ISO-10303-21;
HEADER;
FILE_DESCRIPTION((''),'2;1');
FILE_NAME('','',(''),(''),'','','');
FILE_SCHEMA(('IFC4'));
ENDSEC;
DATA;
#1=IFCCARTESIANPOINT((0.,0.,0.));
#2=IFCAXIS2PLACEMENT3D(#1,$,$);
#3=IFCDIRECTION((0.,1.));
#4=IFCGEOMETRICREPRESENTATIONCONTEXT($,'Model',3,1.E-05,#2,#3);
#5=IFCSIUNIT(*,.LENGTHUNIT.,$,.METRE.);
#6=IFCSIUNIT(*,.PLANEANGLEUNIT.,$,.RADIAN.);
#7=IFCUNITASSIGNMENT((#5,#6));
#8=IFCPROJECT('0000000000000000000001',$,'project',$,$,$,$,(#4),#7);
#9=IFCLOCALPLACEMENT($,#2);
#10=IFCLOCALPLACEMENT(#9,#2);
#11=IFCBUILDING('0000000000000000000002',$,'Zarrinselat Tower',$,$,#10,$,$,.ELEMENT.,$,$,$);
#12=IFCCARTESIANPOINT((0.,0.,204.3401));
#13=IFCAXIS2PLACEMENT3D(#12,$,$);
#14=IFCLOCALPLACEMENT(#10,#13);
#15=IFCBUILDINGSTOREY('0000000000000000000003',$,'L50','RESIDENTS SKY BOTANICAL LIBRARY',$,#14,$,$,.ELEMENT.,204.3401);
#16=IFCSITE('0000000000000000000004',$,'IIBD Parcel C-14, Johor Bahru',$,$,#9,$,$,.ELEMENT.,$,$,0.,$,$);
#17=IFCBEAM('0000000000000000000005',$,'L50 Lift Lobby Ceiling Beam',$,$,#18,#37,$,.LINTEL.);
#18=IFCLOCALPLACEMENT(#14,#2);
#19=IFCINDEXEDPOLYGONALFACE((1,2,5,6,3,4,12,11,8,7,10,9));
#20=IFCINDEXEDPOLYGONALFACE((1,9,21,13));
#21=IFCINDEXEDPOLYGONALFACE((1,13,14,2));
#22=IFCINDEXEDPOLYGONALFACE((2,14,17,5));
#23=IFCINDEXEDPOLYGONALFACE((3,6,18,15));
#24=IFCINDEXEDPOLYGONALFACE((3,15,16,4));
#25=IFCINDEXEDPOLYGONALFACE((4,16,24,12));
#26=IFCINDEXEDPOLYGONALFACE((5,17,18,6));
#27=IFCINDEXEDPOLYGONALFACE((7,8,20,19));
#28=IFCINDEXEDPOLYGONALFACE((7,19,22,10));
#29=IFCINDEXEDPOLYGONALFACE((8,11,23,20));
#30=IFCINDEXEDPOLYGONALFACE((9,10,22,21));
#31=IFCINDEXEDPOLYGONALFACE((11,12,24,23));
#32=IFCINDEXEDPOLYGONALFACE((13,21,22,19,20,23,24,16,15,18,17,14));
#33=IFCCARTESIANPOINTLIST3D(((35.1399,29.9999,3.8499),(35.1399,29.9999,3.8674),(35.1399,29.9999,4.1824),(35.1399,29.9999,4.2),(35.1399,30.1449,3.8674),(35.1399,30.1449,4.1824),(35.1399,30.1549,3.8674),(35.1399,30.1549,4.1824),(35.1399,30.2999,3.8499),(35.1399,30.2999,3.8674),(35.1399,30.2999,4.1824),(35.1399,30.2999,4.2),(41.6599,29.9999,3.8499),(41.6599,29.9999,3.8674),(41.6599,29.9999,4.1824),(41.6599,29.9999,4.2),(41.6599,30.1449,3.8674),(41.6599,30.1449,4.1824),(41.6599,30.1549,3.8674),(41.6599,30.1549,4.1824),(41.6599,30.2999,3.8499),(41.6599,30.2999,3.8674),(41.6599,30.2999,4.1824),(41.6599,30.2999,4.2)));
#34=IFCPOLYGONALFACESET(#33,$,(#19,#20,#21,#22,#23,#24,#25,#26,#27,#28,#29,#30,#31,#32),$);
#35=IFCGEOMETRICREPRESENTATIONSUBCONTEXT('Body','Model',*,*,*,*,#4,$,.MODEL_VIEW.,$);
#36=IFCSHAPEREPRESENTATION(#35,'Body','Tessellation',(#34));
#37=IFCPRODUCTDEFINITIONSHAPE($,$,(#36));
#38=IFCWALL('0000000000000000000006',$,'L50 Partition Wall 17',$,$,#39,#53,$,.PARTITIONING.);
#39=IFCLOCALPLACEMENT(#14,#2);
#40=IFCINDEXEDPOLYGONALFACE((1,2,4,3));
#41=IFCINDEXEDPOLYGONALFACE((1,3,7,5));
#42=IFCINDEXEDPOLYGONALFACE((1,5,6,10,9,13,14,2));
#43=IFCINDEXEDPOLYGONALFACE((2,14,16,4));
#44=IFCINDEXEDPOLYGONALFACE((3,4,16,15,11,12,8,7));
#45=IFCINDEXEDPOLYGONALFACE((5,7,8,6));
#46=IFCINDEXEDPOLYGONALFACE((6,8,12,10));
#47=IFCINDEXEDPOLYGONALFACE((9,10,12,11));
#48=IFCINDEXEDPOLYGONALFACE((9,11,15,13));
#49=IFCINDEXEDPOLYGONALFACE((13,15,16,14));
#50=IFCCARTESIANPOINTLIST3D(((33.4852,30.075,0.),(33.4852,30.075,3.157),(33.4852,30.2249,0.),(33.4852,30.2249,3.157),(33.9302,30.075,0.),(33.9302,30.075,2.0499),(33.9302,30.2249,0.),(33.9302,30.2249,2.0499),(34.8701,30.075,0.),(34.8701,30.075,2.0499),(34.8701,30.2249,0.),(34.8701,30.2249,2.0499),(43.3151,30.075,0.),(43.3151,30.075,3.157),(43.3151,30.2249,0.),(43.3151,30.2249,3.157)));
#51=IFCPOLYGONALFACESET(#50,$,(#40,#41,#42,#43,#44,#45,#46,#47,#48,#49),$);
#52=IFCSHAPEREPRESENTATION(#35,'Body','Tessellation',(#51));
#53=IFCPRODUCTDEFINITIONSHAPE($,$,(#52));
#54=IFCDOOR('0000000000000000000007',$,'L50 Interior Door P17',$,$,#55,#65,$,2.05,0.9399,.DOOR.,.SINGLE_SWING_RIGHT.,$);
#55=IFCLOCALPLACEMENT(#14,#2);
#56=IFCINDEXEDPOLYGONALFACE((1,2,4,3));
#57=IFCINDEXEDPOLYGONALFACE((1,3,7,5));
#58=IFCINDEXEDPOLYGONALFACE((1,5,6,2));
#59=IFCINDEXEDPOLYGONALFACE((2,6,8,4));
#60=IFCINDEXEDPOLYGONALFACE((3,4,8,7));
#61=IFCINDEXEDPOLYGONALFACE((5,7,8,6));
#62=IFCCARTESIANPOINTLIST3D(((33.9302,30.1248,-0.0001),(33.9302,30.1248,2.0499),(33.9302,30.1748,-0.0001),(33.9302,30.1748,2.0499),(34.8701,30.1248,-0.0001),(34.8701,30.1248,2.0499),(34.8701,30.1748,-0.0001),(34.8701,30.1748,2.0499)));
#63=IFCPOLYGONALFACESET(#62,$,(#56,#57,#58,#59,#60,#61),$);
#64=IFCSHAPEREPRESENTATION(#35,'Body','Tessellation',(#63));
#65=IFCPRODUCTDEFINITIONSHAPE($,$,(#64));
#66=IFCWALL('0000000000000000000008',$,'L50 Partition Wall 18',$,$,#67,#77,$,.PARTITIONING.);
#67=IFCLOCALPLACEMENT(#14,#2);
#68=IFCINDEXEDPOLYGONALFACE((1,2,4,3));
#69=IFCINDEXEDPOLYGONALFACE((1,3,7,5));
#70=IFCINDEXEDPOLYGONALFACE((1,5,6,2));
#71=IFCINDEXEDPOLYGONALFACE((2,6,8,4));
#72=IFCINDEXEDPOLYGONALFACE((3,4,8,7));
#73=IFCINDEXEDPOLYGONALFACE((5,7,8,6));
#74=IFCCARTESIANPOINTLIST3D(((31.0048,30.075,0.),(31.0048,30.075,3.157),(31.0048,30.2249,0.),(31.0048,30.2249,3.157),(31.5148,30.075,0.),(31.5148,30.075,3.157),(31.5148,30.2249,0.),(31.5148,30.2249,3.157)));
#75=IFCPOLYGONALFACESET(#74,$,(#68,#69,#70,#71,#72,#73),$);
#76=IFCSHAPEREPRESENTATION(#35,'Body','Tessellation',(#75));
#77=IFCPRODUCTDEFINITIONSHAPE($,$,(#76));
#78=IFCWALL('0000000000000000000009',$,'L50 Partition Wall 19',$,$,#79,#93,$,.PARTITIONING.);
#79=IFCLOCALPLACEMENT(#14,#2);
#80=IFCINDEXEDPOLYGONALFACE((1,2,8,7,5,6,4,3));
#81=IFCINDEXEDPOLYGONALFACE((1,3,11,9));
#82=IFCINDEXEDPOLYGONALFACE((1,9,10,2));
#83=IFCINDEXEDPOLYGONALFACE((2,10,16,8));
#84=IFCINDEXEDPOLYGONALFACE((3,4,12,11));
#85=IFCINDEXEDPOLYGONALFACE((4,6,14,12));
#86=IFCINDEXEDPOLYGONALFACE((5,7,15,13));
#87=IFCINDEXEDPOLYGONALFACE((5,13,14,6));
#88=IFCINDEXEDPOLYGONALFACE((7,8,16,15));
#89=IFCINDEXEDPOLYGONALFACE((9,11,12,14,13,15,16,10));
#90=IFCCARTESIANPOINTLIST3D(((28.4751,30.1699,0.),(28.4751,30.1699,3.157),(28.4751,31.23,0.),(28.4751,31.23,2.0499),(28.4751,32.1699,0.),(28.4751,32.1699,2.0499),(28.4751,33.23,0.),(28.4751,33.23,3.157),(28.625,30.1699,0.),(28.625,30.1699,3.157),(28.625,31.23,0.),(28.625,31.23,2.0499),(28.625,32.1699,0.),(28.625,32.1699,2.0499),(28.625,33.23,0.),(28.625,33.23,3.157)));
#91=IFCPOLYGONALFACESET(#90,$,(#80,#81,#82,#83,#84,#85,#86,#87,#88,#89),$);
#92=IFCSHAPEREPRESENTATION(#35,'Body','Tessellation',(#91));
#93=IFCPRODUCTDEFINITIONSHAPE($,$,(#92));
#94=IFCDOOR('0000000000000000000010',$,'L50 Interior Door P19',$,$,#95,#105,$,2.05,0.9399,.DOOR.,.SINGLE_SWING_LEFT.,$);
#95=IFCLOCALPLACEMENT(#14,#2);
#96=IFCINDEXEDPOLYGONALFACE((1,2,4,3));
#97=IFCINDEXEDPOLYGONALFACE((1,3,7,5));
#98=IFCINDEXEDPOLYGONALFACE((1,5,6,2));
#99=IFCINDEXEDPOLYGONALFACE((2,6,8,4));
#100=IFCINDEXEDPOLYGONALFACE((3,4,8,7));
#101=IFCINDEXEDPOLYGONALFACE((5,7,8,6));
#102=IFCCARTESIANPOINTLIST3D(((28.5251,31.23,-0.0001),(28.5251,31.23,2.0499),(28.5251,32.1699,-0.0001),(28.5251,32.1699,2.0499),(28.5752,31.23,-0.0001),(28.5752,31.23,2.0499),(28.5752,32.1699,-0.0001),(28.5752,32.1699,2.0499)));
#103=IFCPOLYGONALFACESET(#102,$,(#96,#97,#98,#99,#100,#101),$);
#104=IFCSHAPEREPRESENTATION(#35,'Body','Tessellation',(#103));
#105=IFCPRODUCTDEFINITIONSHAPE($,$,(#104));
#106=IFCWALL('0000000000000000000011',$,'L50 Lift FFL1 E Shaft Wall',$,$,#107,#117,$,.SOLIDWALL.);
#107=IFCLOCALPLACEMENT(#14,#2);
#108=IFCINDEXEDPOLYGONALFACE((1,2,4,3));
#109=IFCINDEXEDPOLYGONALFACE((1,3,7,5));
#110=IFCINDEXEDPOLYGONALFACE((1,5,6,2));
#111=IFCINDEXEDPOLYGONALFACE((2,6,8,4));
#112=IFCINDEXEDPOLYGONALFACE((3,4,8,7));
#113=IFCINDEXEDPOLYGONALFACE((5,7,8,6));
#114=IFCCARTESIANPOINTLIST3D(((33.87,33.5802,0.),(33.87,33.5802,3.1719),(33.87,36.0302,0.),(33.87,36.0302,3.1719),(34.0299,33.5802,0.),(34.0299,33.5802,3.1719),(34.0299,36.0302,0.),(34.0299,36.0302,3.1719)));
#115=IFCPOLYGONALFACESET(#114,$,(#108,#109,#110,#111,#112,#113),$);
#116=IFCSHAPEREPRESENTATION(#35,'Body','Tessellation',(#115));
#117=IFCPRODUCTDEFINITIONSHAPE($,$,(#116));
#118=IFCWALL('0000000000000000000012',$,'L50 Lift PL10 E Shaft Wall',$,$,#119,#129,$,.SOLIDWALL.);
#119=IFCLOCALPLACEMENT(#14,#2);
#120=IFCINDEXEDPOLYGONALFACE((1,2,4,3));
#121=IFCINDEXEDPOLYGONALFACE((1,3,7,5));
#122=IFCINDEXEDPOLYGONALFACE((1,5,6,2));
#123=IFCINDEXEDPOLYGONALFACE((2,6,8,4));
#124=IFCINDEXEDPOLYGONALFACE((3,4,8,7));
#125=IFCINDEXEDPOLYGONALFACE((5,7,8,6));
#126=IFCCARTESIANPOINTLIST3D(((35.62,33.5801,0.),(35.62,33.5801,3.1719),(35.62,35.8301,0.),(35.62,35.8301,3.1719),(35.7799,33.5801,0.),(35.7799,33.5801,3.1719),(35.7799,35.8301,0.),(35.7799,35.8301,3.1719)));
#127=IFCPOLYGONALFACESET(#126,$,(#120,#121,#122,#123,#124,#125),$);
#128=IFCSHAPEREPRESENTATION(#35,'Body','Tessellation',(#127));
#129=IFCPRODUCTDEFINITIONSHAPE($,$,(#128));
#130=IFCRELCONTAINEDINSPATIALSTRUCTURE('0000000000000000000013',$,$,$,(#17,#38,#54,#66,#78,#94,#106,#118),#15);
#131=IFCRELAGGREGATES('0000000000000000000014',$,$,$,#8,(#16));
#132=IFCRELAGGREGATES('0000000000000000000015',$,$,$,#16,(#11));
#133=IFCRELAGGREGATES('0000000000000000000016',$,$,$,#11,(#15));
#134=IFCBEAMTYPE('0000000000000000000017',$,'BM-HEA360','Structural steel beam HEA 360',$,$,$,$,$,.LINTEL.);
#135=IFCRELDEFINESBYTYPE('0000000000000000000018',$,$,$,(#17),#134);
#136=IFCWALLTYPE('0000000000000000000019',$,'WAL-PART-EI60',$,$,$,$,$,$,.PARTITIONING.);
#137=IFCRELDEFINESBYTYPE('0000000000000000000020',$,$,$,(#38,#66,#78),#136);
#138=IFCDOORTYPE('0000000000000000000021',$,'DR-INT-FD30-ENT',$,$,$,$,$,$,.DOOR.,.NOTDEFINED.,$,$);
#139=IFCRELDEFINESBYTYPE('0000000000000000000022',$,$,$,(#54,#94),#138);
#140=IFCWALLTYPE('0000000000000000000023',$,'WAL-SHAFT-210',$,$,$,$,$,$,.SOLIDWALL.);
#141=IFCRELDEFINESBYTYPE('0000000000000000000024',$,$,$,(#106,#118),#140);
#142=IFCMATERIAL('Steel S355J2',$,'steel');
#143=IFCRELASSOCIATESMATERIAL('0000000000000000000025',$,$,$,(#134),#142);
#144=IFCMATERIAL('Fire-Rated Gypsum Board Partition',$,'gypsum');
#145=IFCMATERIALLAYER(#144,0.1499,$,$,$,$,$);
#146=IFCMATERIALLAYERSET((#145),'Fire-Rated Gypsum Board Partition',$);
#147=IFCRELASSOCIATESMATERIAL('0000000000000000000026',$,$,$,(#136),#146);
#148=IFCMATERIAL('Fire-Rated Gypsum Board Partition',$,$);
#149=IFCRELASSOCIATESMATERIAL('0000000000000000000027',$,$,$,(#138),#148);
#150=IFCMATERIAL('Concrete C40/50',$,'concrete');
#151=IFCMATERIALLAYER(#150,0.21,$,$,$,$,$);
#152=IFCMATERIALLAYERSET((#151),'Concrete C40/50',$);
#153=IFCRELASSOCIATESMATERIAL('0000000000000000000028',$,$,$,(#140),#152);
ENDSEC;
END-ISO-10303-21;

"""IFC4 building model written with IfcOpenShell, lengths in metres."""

from ifc_helpers import new_model, si_unit, direction, frame, frame_2d, origin, origin_2d, place, context, subcontext, project, spatial, rectangle, i_section, extrude, material, layer, layer_set, material_profile, profile_set, type_object, element, fill, save


model = new_model("IFC4")

# Units and contexts
model_context = context("Model", 3, precision=1e-05, world=origin(), true_north=direction((0.0, 1.0)))
body_context = subcontext(model_context, "Body", "Model", "MODEL_VIEW")
ifc_project = project(units=[si_unit("LENGTHUNIT", "METRE"), si_unit("PLANEANGLEUNIT", "RADIAN")], contexts=[model_context])

# Site, building, storey
site_placement = place(None, origin())
site = spatial("IfcSite", under=ifc_project, at=site_placement, Name="IIBD Parcel C-14, Johor Bahru", CompositionType="ELEMENT", RefElevation=0.0)
building_placement = place(site_placement, origin())
building = spatial("IfcBuilding", under=site, at=building_placement, Name="Zarrinselat Tower", CompositionType="ELEMENT")
storey_placement = place(building_placement, frame((0.0, 0.0, 204.3401)))
storey = spatial("IfcBuildingStorey", under=building, at=storey_placement, Name="L50", Description="RESIDENTS SKY BOTANICAL LIBRARY", CompositionType="ELEMENT", Elevation=204.3401)

# Beam
ifc_material_1 = material(Name="Steel S355J2", Category="steel")
ifc_material_profile = material_profile(ifc_material_1, i_section(OverallWidth=0.3, OverallDepth=0.3501, WebThickness=0.01, FlangeThickness=0.0176, at=origin_2d()), Name="HEA 360")
ifc_profile_set = profile_set([ifc_material_profile], Name="Steel S355J2")
beam_type = type_object("IfcBeamType", Name="BM-HEA360", Description="Structural steel beam HEA 360", PredefinedType="LINTEL", material=ifc_profile_set)
beam_placement = place(storey_placement, frame((35.1399, 30.1499, 4.0249), z_axis=(1.0, 0.0, 0.0), x_axis=(0.0, 1.0, 0.0)))
element("IfcBeam", 1, at=beam_placement, inside=storey, type_object=beam_type, Name="L50 Lift Lobby Ceiling Beam", PredefinedType="LINTEL", context=body_context, shape_type="SweptSolid", body=[
    extrude(i_section(OverallWidth=0.3, OverallDepth=0.3501, WebThickness=0.01, FlangeThickness=0.0176, at=origin_2d()), origin(), (0.0, 0.0, 1.0), 6.52),
])

# Wall, opening, door
ifc_material_2 = material(Name="Fire-Rated Gypsum Board Partition", Category="gypsum")
ifc_layer_1 = layer(ifc_material_2, 0.1499)
ifc_layer_set_1 = layer_set([ifc_layer_1], Name="Fire-Rated Gypsum Board Partition")
wall_type_1 = type_object("IfcWallType", Name="WAL-PART-EI60", PredefinedType="PARTITIONING", material=ifc_layer_set_1)
wall_1_placement = place(storey_placement, frame((33.4851, 30.1499, 0.0), z_axis=(0.0, 0.0, 1.0), x_axis=(1.0, 0.0, 0.0)))
wall_1 = element("IfcWall", 2, at=wall_1_placement, inside=storey, type_object=wall_type_1, Name="L50 Partition Wall 17", PredefinedType="PARTITIONING", context=body_context, shape_type="SweptSolid", body=[
    extrude(rectangle(XDim=9.8298, YDim=0.1499, at=frame_2d((4.915, 0.0))), origin(), (0.0, 0.0, 1.0), 3.157),
])
opening_1_placement = place(wall_1_placement, frame((0.4451, 0.0, 0.0)))
opening_1 = element("IfcOpeningElement", 3, at=opening_1_placement, cuts=wall_1, PredefinedType="OPENING", context=body_context, shape_type="SweptSolid", body=[
    extrude(rectangle(XDim=0.9399, YDim=2.05, at=frame_2d((0.47, 1.0249))), frame((0.0, 0.085, 0.0), z_axis=(0.0, -1.0, 0.0), x_axis=(1.0, 0.0, 0.0)), (0.0, 0.0, 1.0), 0.1699),
])
ifc_material_3 = material(Name="Fire-Rated Gypsum Board Partition")
door_type_1 = type_object("IfcDoorType", Name="DR-INT-FD30-ENT", OperationType="NOTDEFINED", PredefinedType="DOOR", material=ifc_material_3)
door_1_placement = place(opening_1_placement, origin())
door_1 = element("IfcDoor", 4, at=door_1_placement, inside=storey, type_object=door_type_1, Name="L50 Interior Door P17", OperationType="SINGLE_SWING_RIGHT", OverallHeight=2.05, OverallWidth=0.9399, PredefinedType="DOOR", context=body_context, shape_type="SweptSolid", body=[
    extrude(rectangle(XDim=0.9399, YDim=2.05, at=frame_2d((0.47, 1.0249))), frame((0.0, 0.0249, 0.0), z_axis=(0.0, -1.0, 0.0), x_axis=(1.0, 0.0, 0.0)), (0.0, 0.0, 1.0), 0.05),
])
fill(opening_1, door_1)

# Wall
wall_2_placement = place(storey_placement, frame((31.0049, 30.1499, 0.0), z_axis=(0.0, 0.0, 1.0), x_axis=(1.0, 0.0, 0.0)))
element("IfcWall", 5, at=wall_2_placement, inside=storey, type_object=wall_type_1, Name="L50 Partition Wall 18", PredefinedType="PARTITIONING", context=body_context, shape_type="SweptSolid", body=[
    extrude(rectangle(XDim=0.51, YDim=0.1499, at=frame_2d((0.2549, 0.0))), origin(), (0.0, 0.0, 1.0), 3.157),
])

# Wall, opening, door
wall_3_placement = place(storey_placement, frame((28.55, 30.1699, 0.0), z_axis=(0.0, 0.0, 1.0), x_axis=(0.0, 1.0, 0.0)))
wall_3 = element("IfcWall", 6, at=wall_3_placement, inside=storey, type_object=wall_type_1, Name="L50 Partition Wall 19", PredefinedType="PARTITIONING", context=body_context, shape_type="SweptSolid", body=[
    extrude(rectangle(XDim=3.0601, YDim=0.1499, at=frame_2d((1.53, 0.0))), origin(), (0.0, 0.0, 1.0), 3.157),
])
opening_2_placement = place(wall_3_placement, frame((1.0601, 0.0, 0.0)))
opening_2 = element("IfcOpeningElement", 7, at=opening_2_placement, cuts=wall_3, PredefinedType="OPENING", context=body_context, shape_type="SweptSolid", body=[
    extrude(rectangle(XDim=0.9399, YDim=2.05, at=frame_2d((0.47, 1.0249))), frame((0.0, 0.085, 0.0), z_axis=(0.0, -1.0, 0.0), x_axis=(1.0, 0.0, 0.0)), (0.0, 0.0, 1.0), 0.1699),
])
door_2_placement = place(opening_2_placement, origin())
door_2 = element("IfcDoor", 8, at=door_2_placement, inside=storey, type_object=door_type_1, Name="L50 Interior Door P19", OperationType="SINGLE_SWING_LEFT", OverallHeight=2.05, OverallWidth=0.9399, PredefinedType="DOOR", context=body_context, shape_type="SweptSolid", body=[
    extrude(rectangle(XDim=0.9399, YDim=2.05, at=frame_2d((0.47, 1.0249))), frame((0.0, 0.0249, 0.0), z_axis=(0.0, -1.0, 0.0), x_axis=(1.0, 0.0, 0.0)), (0.0, 0.0, 1.0), 0.05),
])
fill(opening_2, door_2)

# Walls
ifc_material_4 = material(Name="Concrete C40/50", Category="concrete")
ifc_layer_2 = layer(ifc_material_4, 0.21)
ifc_layer_set_2 = layer_set([ifc_layer_2], Name="Concrete C40/50")
wall_type_2 = type_object("IfcWallType", Name="WAL-SHAFT-210", PredefinedType="SOLIDWALL", material=ifc_layer_set_2)
wall_4_placement = place(storey_placement, frame((33.95, 33.5801, 0.0), z_axis=(0.0, 0.0, 1.0), x_axis=(0.0, 1.0, 0.0)))
element("IfcWall", 9, at=wall_4_placement, inside=storey, type_object=wall_type_2, Name="L50 Lift FFL1 E Shaft Wall", PredefinedType="SOLIDWALL", context=body_context, shape_type="SweptSolid", body=[
    extrude(rectangle(XDim=2.45, YDim=0.1599, at=frame_2d((1.2251, 0.0))), origin(), (0.0, 0.0, 1.0), 3.1719),
])
wall_5_placement = place(storey_placement, frame((35.7, 33.5801, 0.0), z_axis=(0.0, 0.0, 1.0), x_axis=(0.0, 1.0, 0.0)))
element("IfcWall", 10, at=wall_5_placement, inside=storey, type_object=wall_type_2, Name="L50 Lift PL10 E Shaft Wall", PredefinedType="SOLIDWALL", context=body_context, shape_type="SweptSolid", body=[
    extrude(rectangle(XDim=2.25, YDim=0.1599, at=frame_2d((1.125, 0.0))), origin(), (0.0, 0.0, 1.0), 3.1719),
])

save(model, "model.ifc")
